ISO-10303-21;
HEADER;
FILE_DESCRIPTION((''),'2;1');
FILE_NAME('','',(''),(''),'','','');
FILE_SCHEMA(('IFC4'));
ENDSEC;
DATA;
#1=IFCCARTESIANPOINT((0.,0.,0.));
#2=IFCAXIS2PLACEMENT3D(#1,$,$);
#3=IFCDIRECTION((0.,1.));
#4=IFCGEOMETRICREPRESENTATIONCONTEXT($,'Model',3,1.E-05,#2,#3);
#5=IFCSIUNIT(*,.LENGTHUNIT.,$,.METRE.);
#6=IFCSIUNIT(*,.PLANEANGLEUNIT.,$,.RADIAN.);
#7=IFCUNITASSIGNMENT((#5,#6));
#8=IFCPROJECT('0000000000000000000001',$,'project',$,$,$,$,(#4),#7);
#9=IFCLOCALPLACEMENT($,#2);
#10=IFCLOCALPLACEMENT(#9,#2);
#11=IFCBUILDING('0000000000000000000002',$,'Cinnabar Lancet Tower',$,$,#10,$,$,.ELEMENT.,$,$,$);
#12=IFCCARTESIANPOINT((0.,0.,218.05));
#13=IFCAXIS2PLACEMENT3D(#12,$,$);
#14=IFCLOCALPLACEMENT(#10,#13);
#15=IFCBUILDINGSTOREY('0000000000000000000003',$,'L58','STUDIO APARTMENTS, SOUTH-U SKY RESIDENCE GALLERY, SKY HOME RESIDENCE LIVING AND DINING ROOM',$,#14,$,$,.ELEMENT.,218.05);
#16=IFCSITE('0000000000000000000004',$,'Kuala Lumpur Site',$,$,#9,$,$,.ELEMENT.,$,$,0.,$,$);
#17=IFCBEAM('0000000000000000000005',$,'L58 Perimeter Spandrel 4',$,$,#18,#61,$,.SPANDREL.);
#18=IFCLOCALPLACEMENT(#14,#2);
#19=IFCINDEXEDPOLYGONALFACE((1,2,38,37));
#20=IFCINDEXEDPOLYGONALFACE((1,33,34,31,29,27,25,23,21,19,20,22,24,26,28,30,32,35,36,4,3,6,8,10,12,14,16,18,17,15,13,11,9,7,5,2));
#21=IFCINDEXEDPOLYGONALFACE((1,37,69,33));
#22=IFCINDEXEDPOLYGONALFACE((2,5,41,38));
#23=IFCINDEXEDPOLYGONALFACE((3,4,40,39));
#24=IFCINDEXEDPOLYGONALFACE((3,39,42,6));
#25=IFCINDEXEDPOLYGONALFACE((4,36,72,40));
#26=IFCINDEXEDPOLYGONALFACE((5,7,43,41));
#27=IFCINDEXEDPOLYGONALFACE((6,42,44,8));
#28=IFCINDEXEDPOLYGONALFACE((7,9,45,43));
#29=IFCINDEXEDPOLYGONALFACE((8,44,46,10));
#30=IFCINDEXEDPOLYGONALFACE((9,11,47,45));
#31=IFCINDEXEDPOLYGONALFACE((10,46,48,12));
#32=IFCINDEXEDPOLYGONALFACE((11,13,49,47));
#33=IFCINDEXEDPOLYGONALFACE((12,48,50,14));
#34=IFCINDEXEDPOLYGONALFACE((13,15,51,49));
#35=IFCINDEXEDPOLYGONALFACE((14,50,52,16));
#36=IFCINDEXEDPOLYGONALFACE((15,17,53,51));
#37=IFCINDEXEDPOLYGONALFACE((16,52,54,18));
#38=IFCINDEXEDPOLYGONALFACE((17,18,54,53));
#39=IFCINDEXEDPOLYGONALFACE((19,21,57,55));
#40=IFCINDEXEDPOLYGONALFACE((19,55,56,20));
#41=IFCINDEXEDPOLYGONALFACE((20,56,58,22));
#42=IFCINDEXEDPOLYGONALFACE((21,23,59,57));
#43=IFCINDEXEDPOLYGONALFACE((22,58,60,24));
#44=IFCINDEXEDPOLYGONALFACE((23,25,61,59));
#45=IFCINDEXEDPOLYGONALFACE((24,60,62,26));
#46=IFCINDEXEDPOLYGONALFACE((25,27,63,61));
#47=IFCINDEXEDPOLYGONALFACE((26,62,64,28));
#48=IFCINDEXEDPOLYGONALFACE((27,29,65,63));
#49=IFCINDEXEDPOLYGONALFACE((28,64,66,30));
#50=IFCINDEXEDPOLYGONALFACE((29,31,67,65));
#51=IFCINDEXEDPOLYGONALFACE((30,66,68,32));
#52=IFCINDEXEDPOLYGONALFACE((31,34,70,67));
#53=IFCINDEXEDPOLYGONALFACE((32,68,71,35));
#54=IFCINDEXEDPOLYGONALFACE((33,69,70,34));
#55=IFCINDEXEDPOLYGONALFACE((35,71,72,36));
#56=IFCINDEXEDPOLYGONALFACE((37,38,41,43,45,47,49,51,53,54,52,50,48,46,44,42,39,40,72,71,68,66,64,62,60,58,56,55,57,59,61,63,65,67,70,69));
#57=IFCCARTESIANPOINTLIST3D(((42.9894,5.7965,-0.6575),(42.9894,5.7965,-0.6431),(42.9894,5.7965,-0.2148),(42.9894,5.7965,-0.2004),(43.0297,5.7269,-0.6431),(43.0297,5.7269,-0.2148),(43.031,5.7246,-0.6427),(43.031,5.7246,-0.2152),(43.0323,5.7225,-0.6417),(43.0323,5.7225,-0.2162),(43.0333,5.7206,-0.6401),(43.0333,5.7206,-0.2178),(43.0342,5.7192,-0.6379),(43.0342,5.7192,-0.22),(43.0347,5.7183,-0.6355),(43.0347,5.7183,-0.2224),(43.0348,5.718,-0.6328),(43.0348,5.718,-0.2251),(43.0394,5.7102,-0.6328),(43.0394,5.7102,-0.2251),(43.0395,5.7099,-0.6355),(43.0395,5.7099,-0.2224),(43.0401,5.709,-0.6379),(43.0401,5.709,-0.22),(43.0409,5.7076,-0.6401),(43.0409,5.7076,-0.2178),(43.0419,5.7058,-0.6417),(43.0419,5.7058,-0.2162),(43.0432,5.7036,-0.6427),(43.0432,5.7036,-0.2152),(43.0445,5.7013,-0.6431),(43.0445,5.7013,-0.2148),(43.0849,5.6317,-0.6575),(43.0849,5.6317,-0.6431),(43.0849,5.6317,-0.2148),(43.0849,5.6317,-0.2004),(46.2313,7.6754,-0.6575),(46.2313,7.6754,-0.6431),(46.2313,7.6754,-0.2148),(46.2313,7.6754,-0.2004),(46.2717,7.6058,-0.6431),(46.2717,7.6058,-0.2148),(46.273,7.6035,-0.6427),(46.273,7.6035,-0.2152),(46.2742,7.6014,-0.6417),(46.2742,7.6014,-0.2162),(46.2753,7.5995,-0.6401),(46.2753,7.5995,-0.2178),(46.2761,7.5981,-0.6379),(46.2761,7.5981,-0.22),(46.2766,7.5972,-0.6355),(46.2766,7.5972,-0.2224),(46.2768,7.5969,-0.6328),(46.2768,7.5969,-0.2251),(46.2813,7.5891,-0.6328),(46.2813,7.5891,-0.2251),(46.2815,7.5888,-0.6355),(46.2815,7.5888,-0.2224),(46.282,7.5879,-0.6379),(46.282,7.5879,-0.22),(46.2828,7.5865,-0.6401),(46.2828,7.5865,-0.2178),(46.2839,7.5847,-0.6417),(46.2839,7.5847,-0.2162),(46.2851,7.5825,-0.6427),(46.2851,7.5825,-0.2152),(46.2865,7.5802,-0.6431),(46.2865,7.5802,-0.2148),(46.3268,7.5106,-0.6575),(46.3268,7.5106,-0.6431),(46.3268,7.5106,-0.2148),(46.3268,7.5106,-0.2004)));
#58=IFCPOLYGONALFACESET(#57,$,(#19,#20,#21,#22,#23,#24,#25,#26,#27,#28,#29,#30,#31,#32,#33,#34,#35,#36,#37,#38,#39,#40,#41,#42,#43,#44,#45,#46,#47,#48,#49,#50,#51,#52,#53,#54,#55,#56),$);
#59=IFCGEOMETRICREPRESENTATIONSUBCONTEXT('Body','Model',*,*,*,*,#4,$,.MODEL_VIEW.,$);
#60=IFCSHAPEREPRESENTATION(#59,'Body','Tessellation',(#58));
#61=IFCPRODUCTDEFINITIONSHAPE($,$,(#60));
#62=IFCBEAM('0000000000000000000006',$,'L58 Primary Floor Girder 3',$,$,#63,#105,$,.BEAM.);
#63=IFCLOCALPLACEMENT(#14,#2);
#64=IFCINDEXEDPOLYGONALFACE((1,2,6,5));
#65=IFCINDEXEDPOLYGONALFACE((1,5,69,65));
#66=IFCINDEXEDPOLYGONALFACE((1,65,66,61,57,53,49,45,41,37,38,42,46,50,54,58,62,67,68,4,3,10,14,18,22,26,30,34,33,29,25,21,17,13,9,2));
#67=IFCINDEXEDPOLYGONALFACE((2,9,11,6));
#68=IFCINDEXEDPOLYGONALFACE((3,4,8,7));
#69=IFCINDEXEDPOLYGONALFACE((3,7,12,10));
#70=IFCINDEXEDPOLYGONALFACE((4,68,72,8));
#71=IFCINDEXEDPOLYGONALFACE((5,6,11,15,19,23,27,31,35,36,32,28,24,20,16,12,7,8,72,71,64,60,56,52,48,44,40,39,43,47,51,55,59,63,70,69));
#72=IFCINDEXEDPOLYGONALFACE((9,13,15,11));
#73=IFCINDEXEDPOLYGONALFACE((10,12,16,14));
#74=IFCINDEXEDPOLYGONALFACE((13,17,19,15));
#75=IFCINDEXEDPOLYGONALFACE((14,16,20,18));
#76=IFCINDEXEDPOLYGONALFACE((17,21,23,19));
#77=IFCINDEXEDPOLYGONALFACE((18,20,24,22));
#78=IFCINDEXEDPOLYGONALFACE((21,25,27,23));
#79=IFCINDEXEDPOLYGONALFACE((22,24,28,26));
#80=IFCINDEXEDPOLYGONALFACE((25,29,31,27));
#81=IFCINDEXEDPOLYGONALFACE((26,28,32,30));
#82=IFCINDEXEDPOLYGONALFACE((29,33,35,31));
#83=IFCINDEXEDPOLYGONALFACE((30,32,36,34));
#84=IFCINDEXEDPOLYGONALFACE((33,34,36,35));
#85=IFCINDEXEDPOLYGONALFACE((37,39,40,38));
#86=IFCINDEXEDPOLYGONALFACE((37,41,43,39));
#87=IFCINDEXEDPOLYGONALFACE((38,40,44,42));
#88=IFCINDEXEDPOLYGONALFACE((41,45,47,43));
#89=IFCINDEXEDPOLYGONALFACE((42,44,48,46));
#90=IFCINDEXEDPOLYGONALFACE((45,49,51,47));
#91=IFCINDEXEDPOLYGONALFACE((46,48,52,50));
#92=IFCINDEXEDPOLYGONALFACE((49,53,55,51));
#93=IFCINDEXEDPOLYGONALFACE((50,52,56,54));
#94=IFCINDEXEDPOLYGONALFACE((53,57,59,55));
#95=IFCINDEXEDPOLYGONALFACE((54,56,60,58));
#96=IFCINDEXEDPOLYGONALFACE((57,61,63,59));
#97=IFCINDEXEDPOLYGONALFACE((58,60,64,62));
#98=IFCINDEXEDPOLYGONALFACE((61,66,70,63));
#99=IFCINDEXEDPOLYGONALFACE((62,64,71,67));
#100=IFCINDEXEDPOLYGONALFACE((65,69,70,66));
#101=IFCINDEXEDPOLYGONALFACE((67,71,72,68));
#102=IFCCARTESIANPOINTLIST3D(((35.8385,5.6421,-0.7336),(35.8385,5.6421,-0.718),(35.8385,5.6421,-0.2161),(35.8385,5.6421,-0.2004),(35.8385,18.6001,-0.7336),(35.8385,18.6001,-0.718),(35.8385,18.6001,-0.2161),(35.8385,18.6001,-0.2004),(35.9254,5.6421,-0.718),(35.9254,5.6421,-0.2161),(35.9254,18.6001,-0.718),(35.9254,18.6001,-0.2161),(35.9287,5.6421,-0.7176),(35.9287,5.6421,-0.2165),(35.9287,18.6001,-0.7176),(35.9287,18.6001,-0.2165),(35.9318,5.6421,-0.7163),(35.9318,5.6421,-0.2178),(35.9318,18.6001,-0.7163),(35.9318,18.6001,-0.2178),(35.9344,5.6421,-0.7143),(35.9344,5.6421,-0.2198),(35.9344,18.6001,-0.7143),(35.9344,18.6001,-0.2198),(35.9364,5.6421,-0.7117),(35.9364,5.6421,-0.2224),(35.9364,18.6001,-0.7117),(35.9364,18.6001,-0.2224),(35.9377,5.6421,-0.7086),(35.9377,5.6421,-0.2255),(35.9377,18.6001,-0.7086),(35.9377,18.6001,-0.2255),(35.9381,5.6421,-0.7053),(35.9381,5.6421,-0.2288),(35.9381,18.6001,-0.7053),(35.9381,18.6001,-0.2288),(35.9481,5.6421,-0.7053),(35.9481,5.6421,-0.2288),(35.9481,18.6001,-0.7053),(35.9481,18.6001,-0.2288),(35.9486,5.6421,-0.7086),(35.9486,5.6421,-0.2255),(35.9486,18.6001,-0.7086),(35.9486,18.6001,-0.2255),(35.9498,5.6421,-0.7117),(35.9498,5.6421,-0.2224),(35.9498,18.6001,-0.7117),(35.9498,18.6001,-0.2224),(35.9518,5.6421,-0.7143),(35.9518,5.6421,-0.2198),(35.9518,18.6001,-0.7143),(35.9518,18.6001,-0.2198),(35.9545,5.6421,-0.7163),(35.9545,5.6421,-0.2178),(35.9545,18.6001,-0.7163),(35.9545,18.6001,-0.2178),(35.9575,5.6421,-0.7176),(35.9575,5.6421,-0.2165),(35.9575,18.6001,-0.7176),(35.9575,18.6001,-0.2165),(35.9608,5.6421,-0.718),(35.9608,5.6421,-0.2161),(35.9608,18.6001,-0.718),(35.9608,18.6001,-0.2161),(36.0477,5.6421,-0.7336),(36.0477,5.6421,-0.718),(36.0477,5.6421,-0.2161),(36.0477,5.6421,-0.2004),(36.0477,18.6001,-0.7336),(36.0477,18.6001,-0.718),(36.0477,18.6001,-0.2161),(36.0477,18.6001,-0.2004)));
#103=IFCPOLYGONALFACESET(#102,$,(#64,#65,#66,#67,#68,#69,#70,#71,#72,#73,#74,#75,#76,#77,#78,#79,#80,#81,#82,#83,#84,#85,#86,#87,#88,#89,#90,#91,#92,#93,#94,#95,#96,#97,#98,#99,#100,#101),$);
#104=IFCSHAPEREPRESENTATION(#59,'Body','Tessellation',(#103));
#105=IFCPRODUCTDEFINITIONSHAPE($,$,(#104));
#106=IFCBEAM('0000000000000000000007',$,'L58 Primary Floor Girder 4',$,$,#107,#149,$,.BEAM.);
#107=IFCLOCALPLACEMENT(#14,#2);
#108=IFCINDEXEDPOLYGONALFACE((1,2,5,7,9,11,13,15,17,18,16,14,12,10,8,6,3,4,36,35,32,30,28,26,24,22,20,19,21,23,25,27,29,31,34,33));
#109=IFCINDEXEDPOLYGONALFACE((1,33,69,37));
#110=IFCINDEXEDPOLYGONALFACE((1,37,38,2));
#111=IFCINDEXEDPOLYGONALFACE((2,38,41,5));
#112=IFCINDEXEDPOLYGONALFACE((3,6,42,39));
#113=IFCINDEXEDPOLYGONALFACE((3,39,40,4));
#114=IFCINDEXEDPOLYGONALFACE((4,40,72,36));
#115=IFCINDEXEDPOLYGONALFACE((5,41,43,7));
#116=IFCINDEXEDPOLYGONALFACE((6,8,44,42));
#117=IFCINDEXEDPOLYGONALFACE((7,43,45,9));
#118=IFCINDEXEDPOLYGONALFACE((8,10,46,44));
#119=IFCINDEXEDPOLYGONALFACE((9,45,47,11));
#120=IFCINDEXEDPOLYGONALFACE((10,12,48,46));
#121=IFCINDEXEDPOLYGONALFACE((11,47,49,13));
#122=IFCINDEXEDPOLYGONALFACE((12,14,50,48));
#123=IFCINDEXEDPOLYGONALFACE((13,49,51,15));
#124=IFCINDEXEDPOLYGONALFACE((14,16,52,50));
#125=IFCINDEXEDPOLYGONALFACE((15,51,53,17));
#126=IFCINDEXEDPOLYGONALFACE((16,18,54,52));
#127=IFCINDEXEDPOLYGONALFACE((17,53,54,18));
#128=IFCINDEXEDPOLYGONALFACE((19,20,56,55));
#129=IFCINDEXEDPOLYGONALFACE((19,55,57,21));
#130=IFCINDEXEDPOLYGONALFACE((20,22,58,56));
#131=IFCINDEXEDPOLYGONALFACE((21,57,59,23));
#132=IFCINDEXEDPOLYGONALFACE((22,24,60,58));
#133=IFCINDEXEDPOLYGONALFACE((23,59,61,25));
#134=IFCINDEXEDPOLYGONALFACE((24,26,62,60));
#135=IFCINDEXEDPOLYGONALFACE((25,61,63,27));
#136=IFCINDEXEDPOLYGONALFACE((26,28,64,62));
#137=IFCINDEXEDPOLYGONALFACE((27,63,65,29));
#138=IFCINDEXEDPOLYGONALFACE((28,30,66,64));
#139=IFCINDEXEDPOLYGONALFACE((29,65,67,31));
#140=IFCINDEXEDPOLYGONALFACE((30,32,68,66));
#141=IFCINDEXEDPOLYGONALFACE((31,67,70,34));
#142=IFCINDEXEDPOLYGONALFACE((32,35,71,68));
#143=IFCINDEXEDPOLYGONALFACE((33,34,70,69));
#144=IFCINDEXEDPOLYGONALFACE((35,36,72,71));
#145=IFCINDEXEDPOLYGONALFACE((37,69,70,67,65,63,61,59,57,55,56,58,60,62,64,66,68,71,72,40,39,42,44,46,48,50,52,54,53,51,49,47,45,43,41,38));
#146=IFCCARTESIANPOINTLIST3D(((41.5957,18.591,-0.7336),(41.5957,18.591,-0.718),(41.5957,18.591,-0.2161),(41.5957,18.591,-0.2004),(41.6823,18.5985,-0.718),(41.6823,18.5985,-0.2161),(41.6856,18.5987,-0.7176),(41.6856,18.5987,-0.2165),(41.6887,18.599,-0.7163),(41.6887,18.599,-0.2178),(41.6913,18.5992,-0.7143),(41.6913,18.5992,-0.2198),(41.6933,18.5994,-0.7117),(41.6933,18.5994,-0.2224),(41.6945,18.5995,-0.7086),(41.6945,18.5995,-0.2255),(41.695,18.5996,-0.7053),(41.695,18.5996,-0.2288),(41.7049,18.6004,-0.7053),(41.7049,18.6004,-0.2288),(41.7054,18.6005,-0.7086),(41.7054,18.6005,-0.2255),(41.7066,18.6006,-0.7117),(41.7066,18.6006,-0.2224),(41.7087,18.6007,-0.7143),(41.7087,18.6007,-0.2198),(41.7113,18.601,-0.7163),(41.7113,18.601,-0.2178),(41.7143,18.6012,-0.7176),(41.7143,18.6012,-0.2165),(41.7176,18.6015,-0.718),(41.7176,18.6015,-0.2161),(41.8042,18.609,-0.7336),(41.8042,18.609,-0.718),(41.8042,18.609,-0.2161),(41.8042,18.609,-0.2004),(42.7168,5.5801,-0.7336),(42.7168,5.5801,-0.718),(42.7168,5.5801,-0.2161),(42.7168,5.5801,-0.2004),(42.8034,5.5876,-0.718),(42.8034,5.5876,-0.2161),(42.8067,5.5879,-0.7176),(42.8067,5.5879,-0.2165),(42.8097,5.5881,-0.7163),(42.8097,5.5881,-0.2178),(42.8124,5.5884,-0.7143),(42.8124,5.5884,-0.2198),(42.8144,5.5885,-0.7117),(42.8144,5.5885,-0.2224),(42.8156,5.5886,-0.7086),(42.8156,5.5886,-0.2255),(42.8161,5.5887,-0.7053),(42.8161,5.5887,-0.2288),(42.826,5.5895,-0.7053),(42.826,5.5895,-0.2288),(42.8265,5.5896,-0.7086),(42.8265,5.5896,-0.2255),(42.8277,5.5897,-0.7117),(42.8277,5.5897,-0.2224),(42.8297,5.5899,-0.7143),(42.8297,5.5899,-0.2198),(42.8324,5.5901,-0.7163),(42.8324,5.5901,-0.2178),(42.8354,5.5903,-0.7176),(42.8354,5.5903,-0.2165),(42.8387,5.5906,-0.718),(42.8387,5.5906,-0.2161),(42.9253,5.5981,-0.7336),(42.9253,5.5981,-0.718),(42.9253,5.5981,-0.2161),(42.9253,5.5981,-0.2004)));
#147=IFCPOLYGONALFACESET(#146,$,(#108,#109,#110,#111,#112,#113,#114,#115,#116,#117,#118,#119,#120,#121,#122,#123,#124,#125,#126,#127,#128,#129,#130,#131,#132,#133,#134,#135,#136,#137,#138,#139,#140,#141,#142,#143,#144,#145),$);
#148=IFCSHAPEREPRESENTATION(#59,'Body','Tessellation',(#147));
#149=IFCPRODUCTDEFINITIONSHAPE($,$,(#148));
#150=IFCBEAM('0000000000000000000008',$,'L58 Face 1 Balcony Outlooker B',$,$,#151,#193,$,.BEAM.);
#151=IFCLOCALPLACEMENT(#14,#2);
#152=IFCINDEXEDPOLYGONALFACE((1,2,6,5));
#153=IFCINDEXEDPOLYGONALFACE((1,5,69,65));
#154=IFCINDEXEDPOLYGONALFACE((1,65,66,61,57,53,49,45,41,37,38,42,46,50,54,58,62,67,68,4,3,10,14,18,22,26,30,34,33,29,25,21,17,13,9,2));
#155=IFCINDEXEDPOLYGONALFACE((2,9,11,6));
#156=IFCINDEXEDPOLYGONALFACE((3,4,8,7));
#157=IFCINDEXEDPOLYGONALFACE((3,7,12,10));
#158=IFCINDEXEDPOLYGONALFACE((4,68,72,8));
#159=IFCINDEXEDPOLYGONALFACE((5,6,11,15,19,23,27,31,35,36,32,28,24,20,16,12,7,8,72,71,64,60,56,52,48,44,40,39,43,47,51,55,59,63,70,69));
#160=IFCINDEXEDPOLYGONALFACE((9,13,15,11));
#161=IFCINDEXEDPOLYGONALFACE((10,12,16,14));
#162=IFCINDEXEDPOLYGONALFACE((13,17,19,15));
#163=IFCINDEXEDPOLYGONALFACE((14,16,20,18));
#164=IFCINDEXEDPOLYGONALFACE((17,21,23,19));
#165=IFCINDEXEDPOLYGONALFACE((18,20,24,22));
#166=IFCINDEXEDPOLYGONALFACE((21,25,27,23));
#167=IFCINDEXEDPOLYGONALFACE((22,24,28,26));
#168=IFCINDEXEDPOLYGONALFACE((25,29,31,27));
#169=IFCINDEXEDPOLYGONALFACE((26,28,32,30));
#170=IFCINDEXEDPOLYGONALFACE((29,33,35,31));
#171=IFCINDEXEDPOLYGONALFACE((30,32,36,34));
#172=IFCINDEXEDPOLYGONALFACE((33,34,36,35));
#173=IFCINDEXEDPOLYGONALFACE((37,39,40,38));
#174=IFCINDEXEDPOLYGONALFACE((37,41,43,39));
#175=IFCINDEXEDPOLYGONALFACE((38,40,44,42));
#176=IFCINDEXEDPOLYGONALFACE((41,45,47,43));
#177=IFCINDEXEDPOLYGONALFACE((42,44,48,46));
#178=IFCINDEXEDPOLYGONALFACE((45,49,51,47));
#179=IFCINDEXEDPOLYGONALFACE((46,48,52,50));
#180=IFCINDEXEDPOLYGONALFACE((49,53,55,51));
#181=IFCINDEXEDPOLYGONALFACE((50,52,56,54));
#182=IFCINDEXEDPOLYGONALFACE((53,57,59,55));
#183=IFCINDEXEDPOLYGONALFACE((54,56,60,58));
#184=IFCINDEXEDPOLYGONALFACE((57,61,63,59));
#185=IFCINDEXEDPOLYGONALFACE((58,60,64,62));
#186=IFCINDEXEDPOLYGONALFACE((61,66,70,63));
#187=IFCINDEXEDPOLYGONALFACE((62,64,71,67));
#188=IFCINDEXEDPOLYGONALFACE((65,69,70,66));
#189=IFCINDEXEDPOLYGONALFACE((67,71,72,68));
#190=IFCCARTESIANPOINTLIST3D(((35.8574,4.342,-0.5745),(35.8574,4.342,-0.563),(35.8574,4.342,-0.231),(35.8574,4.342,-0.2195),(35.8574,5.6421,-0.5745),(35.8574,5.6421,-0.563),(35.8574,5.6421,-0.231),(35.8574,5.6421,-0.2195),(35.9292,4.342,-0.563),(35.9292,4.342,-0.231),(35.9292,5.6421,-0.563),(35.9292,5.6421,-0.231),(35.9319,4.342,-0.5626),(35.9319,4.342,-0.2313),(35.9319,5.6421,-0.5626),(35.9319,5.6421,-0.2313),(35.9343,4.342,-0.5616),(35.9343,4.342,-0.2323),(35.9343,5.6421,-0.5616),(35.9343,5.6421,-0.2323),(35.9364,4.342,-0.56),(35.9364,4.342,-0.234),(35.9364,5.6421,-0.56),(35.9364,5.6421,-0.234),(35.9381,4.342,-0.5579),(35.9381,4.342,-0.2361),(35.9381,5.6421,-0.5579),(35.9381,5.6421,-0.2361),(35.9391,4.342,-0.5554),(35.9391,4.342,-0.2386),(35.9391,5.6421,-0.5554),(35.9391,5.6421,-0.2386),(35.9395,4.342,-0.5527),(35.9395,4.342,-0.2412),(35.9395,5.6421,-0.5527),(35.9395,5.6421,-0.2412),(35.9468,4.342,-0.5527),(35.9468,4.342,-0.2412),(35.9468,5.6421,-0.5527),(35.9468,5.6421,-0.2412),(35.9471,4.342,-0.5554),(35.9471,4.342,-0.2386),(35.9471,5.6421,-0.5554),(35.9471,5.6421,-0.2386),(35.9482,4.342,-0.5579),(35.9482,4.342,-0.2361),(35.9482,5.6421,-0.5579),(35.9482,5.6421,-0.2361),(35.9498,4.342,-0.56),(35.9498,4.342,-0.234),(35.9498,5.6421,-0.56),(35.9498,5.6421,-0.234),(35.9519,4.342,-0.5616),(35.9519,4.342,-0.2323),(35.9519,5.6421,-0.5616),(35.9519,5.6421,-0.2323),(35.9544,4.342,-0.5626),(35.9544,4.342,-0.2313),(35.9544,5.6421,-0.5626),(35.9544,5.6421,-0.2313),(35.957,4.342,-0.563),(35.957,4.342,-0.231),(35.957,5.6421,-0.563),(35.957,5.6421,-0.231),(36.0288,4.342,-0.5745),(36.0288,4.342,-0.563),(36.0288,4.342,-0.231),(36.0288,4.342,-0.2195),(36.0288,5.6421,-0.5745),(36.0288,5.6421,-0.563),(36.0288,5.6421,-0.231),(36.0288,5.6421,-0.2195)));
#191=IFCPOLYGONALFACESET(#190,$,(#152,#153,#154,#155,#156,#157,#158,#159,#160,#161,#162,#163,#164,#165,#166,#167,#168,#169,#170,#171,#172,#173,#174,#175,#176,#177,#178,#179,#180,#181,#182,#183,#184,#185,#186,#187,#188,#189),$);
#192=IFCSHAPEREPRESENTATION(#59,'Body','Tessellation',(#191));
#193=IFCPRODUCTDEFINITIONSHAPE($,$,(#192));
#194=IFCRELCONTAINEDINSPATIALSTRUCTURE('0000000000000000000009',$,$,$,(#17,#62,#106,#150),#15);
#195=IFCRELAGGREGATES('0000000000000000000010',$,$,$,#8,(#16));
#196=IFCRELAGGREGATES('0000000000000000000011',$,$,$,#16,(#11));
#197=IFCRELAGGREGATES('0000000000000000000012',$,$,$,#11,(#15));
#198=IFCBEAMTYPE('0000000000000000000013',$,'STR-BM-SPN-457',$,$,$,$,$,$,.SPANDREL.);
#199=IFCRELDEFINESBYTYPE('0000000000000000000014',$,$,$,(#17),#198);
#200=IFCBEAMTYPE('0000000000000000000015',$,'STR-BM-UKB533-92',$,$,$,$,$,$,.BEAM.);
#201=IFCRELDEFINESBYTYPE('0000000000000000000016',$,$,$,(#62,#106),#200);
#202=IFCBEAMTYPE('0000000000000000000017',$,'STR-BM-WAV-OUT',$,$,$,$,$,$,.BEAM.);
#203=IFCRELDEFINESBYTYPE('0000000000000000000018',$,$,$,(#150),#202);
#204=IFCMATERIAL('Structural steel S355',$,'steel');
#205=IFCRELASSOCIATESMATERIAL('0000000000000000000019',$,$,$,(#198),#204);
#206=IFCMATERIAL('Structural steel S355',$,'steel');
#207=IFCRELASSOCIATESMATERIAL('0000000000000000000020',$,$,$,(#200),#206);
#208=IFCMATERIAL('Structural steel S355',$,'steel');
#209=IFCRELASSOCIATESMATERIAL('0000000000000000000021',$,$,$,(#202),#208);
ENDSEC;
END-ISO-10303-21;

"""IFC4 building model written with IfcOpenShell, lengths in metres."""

from ifc_helpers import new_model, si_unit, direction, frame, origin, origin_2d, place, context, subcontext, project, spatial, i_section, extrude, material, material_profile, profile_set, type_object, element, save


model = new_model("IFC4")

# Units and contexts
model_context = context("Model", 3, precision=1e-05, world=origin(), true_north=direction((0.0, 1.0)))
body_context = subcontext(model_context, "Body", "Model", "MODEL_VIEW")
ifc_project = project(units=[si_unit("LENGTHUNIT", "METRE"), si_unit("PLANEANGLEUNIT", "RADIAN")], contexts=[model_context])

# Site, building, storey
site_placement = place(None, origin())
site = spatial("IfcSite", under=ifc_project, at=site_placement, Name="Kuala Lumpur Site", CompositionType="ELEMENT", RefElevation=0.0)
building_placement = place(site_placement, origin())
building = spatial("IfcBuilding", under=site, at=building_placement, Name="Cinnabar Lancet Tower", CompositionType="ELEMENT")
storey_placement = place(building_placement, frame((0.0, 0.0, 218.05)))
storey = spatial("IfcBuildingStorey", under=building, at=storey_placement, Name="L58", Description="STUDIO APARTMENTS, SOUTH-U SKY RESIDENCE GALLERY, SKY HOME RESIDENCE LIVING AND DINING ROOM", CompositionType="ELEMENT", Elevation=218.05)

# Beams
ifc_material_1 = material(Name="Structural steel S355", Category="steel")
ifc_material_profile_1 = material_profile(ifc_material_1, i_section(OverallWidth=0.1904, OverallDepth=0.457, WebThickness=0.009, FlangeThickness=0.0144, FilletRadius=0.0103, at=origin_2d()), Name="UKB 457x191x74")
ifc_profile_set_1 = profile_set([ifc_material_profile_1], Name="Structural steel S355")
beam_type_1 = type_object("IfcBeamType", Name="STR-BM-SPN-457", PredefinedType="SPANDREL", material=ifc_profile_set_1)
beam_1_placement = place(storey_placement, frame((43.0371, 5.7141, -0.429), z_axis=(0.865196, 0.501434, 0.0), x_axis=(-0.501434, 0.865196, 0.0)))
element("IfcBeam", 1, at=beam_1_placement, inside=storey, type_object=beam_type_1, Name="L58 Perimeter Spandrel 4", PredefinedType="SPANDREL", context=body_context, shape_type="SweptSolid", body=[
    extrude(i_section(OverallWidth=0.1904, OverallDepth=0.457, WebThickness=0.009, FlangeThickness=0.0144, FilletRadius=0.0103, at=origin_2d()), origin(), (0.0, 0.0, 1.0), 3.7471),
])
ifc_material_2 = material(Name="Structural steel S355", Category="steel")
ifc_material_profile_2 = material_profile(ifc_material_2, i_section(OverallWidth=0.2092, OverallDepth=0.5332, WebThickness=0.01, FlangeThickness=0.0156, FilletRadius=0.0127, at=origin_2d()), Name="UKB 533x210x92")
ifc_profile_set_2 = profile_set([ifc_material_profile_2], Name="Structural steel S355")
beam_type_2 = type_object("IfcBeamType", Name="STR-BM-UKB533-92", PredefinedType="BEAM", material=ifc_profile_set_2)
beam_2_placement = place(storey_placement, frame((35.9431, 5.6421, -0.467), z_axis=(0.0, 1.0, 0.0), x_axis=(-1.0, 0.0, 0.0)))
element("IfcBeam", 2, at=beam_2_placement, inside=storey, type_object=beam_type_2, Name="L58 Primary Floor Girder 3", PredefinedType="BEAM", context=body_context, shape_type="SweptSolid", body=[
    extrude(i_section(OverallWidth=0.2092, OverallDepth=0.5332, WebThickness=0.01, FlangeThickness=0.0156, FilletRadius=0.0127, at=origin_2d()), origin(), (0.0, 0.0, 1.0), 12.958),
])
beam_3_placement = place(storey_placement, frame((42.821, 5.5891, -0.467), z_axis=(-0.085847, 0.996308, 0.0), x_axis=(-0.996308, -0.085847, 0.0)))
element("IfcBeam", 3, at=beam_3_placement, inside=storey, type_object=beam_type_2, Name="L58 Primary Floor Girder 4", PredefinedType="BEAM", context=body_context, shape_type="SweptSolid", body=[
    extrude(i_section(OverallWidth=0.2092, OverallDepth=0.5332, WebThickness=0.01, FlangeThickness=0.0156, FilletRadius=0.0127, at=origin_2d()), origin(), (0.0, 0.0, 1.0), 13.0591),
])
ifc_material_3 = material(Name="Structural steel S355", Category="steel")
ifc_material_profile_3 = material_profile(ifc_material_3, i_section(OverallWidth=0.1714, OverallDepth=0.355, WebThickness=0.0073, FlangeThickness=0.0115, FilletRadius=0.0103, at=origin_2d()), Name="UKB 356x171x51")
ifc_profile_set_3 = profile_set([ifc_material_profile_3], Name="Structural steel S355")
beam_type_3 = type_object("IfcBeamType", Name="STR-BM-WAV-OUT", PredefinedType="BEAM", material=ifc_profile_set_3)
beam_4_placement = place(storey_placement, frame((35.9431, 5.6421, -0.397), z_axis=(0.0, -1.0, 0.0), x_axis=(1.0, 0.0, 0.0)))
element("IfcBeam", 4, at=beam_4_placement, inside=storey, type_object=beam_type_3, Name="L58 Face 1 Balcony Outlooker B", PredefinedType="BEAM", context=body_context, shape_type="SweptSolid", body=[
    extrude(i_section(OverallWidth=0.1714, OverallDepth=0.355, WebThickness=0.0073, FlangeThickness=0.0115, FilletRadius=0.0103, at=origin_2d()), origin(), (0.0, 0.0, 1.0), 1.3),
])

save(model, "model.ifc")
